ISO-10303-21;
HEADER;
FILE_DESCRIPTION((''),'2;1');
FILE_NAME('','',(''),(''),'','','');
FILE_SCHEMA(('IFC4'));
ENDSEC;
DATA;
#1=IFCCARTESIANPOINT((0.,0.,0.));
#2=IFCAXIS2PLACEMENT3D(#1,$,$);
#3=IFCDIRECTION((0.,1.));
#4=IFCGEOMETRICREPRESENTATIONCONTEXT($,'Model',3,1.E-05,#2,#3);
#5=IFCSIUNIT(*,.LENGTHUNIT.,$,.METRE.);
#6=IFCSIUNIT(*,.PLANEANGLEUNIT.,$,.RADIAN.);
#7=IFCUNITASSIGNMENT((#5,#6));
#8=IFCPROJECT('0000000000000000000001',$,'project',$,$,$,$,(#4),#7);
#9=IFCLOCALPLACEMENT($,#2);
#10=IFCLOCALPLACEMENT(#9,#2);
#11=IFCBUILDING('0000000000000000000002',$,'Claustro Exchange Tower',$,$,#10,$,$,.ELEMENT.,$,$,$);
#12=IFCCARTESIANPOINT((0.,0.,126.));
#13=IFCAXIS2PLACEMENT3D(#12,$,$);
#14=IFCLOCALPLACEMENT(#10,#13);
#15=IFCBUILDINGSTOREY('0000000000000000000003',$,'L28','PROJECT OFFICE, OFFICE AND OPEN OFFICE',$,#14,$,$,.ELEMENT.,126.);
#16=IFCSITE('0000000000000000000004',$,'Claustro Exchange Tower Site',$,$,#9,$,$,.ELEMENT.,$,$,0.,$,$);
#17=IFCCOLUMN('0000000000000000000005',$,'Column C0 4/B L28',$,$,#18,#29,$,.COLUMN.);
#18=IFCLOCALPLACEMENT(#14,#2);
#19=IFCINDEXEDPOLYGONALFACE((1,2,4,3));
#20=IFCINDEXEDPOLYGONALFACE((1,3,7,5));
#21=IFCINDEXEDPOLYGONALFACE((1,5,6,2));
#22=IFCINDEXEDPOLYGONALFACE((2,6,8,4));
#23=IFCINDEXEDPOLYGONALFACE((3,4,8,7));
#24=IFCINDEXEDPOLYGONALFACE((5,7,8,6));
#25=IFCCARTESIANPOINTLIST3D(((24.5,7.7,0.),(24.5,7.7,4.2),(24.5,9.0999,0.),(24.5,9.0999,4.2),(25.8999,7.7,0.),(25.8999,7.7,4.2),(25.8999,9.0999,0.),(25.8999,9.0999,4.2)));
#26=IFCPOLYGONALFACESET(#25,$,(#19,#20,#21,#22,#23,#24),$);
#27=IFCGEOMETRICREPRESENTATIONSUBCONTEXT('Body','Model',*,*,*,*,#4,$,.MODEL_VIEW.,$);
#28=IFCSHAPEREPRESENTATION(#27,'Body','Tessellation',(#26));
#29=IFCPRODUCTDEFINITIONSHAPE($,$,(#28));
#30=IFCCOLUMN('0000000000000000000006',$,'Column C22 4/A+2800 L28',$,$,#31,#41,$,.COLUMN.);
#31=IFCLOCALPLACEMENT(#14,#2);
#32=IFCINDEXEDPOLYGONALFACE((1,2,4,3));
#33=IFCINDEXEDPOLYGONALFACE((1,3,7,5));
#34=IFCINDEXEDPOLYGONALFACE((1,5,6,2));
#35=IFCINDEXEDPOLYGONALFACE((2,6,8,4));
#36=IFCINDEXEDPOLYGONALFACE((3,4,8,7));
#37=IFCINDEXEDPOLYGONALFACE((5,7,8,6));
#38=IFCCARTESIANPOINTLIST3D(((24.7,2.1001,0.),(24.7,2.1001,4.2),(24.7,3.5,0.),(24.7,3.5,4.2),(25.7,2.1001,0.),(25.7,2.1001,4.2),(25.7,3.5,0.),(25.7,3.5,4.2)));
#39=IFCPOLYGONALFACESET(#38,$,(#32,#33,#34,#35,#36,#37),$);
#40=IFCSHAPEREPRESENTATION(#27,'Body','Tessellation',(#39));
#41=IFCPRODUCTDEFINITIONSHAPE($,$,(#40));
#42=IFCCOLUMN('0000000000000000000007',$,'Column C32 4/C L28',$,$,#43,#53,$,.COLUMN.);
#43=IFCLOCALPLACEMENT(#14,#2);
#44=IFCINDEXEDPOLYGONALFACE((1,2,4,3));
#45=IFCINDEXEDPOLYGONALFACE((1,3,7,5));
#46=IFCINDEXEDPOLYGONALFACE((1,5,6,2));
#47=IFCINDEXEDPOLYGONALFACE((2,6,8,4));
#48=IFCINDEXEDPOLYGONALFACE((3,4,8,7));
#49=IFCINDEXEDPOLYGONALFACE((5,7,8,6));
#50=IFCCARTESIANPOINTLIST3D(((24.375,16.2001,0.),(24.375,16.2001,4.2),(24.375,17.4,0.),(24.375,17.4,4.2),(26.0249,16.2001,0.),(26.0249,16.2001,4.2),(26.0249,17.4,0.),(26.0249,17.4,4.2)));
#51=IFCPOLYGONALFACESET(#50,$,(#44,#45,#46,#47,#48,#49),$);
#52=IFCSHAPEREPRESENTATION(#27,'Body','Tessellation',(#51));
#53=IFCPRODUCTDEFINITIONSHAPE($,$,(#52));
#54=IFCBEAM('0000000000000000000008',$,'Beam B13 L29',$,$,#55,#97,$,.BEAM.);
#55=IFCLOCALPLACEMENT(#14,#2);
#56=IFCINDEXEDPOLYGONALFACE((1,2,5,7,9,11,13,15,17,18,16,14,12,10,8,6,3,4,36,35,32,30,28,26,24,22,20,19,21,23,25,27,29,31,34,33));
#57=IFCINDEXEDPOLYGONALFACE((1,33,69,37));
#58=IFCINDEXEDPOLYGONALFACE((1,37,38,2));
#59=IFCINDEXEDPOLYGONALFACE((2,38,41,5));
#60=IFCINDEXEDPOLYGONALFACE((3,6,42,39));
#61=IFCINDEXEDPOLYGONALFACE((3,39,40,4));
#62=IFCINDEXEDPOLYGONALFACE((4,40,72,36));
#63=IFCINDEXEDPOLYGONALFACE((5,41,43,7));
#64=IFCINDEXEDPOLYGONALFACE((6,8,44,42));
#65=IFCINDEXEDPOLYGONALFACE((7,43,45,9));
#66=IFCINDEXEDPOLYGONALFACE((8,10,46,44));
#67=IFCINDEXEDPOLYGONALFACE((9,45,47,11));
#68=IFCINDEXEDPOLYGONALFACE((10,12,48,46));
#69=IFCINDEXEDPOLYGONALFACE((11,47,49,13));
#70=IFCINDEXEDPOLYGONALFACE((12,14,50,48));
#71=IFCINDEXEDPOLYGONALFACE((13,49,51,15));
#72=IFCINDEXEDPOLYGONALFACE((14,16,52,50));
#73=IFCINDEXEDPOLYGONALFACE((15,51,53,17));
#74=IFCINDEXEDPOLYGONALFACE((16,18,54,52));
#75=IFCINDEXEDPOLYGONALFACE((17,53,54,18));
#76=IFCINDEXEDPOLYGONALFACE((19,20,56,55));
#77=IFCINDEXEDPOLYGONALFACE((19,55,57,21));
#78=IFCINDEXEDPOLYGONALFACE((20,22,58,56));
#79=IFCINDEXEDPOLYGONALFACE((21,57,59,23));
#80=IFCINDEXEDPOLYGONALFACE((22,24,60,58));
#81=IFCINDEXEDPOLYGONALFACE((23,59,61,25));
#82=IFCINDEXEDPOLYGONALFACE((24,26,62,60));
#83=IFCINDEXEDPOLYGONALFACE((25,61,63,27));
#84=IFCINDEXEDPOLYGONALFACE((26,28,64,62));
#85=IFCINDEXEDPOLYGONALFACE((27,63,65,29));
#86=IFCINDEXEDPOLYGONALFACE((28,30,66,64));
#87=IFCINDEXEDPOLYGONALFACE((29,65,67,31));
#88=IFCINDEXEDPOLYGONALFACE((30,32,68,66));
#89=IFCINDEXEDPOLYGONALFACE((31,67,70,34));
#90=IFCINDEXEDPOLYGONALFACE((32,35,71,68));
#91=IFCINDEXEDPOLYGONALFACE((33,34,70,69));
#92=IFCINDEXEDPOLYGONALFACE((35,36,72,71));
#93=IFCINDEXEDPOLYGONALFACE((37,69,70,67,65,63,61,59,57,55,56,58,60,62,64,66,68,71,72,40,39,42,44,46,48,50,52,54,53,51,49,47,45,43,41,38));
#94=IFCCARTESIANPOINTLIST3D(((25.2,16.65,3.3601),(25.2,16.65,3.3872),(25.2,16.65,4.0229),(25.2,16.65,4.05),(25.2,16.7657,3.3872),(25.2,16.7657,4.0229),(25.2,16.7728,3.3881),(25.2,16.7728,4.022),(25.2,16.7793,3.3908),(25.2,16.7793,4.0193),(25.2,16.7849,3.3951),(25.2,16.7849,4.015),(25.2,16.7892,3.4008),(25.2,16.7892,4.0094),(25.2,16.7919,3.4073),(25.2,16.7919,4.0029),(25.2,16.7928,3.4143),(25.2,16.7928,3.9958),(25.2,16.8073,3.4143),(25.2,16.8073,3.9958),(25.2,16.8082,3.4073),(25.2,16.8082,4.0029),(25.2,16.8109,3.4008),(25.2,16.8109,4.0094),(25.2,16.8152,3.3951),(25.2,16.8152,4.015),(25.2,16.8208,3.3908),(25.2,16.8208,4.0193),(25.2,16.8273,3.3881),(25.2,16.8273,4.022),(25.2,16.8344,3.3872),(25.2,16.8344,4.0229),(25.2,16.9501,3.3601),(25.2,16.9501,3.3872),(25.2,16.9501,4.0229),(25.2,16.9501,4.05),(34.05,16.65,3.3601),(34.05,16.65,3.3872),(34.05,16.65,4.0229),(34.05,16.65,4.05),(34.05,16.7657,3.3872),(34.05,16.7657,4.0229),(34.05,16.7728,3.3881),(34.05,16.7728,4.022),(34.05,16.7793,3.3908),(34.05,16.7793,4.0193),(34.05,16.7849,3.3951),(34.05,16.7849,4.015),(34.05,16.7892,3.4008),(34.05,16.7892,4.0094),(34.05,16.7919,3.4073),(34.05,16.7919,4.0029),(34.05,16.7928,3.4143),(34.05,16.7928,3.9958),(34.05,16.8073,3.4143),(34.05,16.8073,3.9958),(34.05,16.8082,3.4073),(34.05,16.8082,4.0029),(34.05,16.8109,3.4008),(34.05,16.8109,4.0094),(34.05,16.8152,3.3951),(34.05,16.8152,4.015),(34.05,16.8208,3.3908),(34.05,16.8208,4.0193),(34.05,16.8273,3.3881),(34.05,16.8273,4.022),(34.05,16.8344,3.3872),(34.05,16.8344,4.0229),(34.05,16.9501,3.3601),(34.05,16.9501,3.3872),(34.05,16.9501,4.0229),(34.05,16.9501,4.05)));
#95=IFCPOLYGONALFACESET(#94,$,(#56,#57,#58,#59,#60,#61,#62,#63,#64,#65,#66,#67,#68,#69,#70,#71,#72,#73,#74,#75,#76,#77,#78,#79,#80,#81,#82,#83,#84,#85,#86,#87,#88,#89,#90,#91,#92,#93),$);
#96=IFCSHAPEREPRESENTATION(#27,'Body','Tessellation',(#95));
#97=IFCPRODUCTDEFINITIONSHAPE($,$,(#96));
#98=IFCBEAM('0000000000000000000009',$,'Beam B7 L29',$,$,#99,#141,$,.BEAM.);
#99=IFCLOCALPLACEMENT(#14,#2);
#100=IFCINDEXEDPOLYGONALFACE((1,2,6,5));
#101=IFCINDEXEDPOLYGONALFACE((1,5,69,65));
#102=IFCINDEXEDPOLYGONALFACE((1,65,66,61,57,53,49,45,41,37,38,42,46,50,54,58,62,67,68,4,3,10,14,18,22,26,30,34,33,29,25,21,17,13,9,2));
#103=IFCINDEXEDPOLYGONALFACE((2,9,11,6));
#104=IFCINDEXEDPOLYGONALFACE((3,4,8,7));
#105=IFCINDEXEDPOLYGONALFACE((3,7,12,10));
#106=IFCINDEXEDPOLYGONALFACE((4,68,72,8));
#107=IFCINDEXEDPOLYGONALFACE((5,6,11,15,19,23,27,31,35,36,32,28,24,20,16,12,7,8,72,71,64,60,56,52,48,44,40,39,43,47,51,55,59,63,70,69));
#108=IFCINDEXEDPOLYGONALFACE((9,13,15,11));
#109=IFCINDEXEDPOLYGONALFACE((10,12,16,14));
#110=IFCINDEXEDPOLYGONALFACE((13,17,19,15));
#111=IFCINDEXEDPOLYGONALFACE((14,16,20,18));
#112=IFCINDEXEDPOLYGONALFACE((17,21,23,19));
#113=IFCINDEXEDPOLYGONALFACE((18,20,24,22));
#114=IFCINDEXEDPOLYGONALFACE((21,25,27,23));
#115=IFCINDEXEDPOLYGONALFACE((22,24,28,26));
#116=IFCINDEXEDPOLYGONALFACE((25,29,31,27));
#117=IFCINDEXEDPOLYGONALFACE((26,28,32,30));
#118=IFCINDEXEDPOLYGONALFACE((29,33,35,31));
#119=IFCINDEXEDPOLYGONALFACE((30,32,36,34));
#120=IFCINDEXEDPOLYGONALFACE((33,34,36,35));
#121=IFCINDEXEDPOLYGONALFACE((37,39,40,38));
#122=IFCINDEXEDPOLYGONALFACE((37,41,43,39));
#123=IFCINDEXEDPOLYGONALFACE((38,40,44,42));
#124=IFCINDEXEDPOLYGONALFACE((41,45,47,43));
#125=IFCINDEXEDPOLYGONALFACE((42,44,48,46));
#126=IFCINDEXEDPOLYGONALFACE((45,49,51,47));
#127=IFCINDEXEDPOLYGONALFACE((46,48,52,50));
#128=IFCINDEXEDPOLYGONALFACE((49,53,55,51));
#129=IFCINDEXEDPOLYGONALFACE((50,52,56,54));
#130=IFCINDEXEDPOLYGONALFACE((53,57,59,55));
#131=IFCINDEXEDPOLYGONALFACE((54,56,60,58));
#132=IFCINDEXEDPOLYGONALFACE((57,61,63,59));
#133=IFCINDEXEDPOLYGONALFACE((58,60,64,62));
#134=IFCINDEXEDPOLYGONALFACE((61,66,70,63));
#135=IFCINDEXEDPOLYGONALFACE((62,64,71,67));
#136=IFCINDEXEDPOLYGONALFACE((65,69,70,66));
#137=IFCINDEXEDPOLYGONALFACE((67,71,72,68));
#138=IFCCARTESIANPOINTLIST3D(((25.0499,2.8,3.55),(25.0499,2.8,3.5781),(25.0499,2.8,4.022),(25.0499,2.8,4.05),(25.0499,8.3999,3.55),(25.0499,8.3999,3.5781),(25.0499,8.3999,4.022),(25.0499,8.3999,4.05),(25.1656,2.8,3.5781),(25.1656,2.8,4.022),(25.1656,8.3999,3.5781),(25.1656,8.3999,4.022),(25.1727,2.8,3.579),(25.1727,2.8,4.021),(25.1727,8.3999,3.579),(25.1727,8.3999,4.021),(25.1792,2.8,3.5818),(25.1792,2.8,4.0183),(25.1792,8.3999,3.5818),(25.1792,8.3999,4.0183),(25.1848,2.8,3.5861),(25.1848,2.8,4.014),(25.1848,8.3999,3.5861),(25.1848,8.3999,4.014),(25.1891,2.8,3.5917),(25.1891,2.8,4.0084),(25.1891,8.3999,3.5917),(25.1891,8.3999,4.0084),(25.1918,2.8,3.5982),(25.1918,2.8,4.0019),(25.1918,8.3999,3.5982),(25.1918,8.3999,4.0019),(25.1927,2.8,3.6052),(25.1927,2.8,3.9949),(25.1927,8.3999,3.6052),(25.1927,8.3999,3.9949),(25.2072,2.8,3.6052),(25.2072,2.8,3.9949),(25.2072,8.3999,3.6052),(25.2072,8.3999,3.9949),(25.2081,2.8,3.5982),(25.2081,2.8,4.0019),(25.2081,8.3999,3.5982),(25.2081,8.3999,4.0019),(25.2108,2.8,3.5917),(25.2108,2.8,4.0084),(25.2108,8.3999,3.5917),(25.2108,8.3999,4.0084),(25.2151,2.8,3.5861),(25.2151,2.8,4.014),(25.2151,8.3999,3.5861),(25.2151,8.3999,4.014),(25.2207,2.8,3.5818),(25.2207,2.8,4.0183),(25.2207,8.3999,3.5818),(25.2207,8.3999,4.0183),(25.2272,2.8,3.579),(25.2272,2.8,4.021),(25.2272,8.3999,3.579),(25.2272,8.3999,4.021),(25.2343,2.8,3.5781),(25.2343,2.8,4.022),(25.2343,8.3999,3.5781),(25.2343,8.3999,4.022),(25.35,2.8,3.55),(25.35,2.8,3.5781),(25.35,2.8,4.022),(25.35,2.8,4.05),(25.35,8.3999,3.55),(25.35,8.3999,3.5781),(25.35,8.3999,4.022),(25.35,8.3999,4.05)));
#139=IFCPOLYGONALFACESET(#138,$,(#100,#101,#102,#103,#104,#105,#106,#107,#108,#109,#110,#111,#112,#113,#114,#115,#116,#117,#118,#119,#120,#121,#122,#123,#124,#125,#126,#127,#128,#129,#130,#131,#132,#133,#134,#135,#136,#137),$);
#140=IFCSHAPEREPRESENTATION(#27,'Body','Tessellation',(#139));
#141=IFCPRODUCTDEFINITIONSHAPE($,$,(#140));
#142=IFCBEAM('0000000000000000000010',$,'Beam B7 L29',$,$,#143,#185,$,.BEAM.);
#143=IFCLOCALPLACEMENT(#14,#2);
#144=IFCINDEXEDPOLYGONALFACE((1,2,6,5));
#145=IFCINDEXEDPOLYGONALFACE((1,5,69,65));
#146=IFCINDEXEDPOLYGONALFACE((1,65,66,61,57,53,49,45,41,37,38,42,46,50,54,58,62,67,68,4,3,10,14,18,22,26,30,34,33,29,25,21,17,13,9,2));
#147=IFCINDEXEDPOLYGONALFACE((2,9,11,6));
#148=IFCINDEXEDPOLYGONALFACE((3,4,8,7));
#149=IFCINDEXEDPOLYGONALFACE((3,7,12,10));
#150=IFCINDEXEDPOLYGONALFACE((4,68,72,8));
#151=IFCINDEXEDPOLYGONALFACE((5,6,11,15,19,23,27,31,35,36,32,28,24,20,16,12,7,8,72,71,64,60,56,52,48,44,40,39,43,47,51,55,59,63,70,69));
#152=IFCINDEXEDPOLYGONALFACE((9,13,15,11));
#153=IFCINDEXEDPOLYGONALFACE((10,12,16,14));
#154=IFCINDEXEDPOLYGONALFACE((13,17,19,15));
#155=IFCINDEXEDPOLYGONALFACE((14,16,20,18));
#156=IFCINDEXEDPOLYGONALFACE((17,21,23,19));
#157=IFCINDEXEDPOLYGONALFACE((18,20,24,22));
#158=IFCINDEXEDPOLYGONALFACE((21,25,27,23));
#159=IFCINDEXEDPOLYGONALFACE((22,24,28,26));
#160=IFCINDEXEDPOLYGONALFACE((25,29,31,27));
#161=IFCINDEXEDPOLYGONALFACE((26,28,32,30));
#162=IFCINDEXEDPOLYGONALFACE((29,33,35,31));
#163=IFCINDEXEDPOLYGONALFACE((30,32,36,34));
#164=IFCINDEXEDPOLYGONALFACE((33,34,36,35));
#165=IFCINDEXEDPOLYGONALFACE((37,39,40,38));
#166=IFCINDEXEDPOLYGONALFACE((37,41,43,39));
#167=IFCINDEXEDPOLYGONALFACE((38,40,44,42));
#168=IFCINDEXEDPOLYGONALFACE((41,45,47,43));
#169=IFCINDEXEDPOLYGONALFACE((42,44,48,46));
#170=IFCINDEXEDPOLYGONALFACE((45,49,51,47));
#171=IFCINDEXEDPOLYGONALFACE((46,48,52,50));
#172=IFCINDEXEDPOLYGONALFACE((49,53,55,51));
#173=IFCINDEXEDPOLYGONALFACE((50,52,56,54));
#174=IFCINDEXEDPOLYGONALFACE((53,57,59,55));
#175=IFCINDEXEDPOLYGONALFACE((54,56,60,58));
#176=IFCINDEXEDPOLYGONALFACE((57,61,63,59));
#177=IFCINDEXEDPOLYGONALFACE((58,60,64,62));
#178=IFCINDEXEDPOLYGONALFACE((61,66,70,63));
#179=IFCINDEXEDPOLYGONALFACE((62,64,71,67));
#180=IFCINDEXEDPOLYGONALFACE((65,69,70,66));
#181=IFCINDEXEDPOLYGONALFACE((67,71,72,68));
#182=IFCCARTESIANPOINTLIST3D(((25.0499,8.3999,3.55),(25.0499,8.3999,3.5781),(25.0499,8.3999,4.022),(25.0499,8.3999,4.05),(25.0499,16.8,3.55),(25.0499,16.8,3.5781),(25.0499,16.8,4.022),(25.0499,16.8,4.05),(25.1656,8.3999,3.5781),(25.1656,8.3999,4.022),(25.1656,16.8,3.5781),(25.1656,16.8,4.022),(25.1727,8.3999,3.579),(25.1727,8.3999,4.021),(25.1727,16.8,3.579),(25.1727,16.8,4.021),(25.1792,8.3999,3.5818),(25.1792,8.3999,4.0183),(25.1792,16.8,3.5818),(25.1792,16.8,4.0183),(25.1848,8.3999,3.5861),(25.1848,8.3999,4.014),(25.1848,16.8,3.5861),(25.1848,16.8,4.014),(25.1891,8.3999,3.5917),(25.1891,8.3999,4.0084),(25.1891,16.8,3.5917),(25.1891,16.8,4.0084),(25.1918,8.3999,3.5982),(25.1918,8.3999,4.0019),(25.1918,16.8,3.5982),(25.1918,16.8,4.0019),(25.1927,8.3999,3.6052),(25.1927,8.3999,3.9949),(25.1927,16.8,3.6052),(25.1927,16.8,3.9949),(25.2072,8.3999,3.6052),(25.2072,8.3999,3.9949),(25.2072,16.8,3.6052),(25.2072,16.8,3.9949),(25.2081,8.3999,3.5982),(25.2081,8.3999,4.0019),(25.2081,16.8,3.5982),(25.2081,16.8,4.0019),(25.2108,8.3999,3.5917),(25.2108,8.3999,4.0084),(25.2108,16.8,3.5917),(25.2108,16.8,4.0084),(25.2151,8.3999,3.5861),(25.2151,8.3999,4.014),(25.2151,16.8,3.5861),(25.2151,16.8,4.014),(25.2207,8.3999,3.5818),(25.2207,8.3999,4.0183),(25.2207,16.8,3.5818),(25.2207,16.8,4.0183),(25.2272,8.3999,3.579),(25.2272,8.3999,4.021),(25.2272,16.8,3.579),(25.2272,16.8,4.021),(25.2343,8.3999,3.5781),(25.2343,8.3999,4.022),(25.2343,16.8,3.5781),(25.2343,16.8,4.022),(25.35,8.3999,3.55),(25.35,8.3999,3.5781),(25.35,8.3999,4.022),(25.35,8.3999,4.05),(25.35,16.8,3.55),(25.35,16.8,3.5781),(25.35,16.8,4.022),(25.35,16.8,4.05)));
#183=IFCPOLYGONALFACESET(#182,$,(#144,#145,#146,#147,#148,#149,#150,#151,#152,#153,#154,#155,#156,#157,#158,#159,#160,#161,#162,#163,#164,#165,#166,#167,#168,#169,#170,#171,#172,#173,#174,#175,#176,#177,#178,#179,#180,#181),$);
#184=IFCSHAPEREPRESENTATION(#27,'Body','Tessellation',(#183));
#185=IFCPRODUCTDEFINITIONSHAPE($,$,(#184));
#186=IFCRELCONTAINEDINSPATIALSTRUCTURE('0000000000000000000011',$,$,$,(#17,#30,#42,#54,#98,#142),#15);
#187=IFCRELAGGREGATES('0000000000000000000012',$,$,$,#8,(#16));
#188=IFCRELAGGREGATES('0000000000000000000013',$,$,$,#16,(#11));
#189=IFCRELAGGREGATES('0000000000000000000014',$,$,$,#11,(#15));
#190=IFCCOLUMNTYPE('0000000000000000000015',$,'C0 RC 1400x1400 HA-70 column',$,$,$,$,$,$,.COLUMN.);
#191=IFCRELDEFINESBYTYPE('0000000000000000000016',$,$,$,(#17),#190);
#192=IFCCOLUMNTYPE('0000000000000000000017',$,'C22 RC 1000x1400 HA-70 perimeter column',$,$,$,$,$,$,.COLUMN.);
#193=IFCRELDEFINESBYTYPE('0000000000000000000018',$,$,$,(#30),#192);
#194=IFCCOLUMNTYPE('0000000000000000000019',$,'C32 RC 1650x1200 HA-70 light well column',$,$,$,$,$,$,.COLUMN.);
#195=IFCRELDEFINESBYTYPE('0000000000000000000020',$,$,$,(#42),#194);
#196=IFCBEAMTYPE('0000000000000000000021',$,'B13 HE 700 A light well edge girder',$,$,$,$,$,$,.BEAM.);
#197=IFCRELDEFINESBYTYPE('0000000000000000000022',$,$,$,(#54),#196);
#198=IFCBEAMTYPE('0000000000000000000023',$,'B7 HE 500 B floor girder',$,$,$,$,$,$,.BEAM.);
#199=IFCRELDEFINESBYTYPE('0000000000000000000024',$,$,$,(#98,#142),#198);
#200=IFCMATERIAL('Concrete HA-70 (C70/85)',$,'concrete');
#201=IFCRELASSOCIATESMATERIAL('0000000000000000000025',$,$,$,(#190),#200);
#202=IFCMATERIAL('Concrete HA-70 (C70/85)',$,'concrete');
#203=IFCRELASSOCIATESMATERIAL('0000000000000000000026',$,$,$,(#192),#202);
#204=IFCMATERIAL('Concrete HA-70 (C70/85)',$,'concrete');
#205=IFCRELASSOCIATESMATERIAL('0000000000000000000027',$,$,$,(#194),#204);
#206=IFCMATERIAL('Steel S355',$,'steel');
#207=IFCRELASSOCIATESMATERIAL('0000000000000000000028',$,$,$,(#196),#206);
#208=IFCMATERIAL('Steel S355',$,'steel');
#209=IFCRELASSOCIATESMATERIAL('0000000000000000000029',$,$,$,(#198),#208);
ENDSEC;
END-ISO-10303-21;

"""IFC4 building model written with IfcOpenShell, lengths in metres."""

from ifc_helpers import new_model, si_unit, direction, frame, origin, origin_2d, place, context, subcontext, project, spatial, rectangle, i_section, extrude, material, material_profile, profile_set, type_object, element, save


model = new_model("IFC4")

# Units and contexts
model_context = context("Model", 3, precision=1e-05, world=origin(), true_north=direction((0.0, 1.0)))
body_context = subcontext(model_context, "Body", "Model", "MODEL_VIEW")
ifc_project = project(units=[si_unit("LENGTHUNIT", "METRE"), si_unit("PLANEANGLEUNIT", "RADIAN")], contexts=[model_context])

# Site, building, storey
site_placement = place(None, origin())
site = spatial("IfcSite", under=ifc_project, at=site_placement, Name="Claustro Exchange Tower Site", CompositionType="ELEMENT", RefElevation=0.0)
building_placement = place(site_placement, origin())
building = spatial("IfcBuilding", under=site, at=building_placement, Name="Claustro Exchange Tower", CompositionType="ELEMENT")
storey_placement = place(building_placement, frame((0.0, 0.0, 126.0)))
storey = spatial("IfcBuildingStorey", under=building, at=storey_placement, Name="L28", Description="PROJECT OFFICE, OFFICE AND OPEN OFFICE", CompositionType="ELEMENT", Elevation=126.0)

# Columns
ifc_material_1 = material(Name="Concrete HA-70 (C70/85)", Category="concrete")
ifc_material_profile_1 = material_profile(ifc_material_1, rectangle(XDim=1.3999, YDim=1.3999, at=origin_2d()), Name="RC 1400x1400")
ifc_profile_set_1 = profile_set([ifc_material_profile_1], Name="Concrete HA-70 (C70/85)")
column_type_1 = type_object("IfcColumnType", Name="C0 RC 1400x1400 HA-70 column", PredefinedType="COLUMN", material=ifc_profile_set_1)
column_1_placement = place(storey_placement, frame((25.2, 8.3999, 0.0), z_axis=(0.0, 0.0, 1.0), x_axis=(1.0, 0.0, 0.0)))
element("IfcColumn", 1, at=column_1_placement, inside=storey, type_object=column_type_1, Name="Column C0 4/B L28", PredefinedType="COLUMN", context=body_context, shape_type="SweptSolid", body=[
    extrude(rectangle(XDim=1.3999, YDim=1.3999, at=origin_2d()), origin(), (0.0, 0.0, 1.0), 4.2),
])
ifc_material_2 = material(Name="Concrete HA-70 (C70/85)", Category="concrete")
ifc_material_profile_2 = material_profile(ifc_material_2, rectangle(XDim=1.0, YDim=1.3999, at=origin_2d()), Name="RC 1000x1400")
ifc_profile_set_2 = profile_set([ifc_material_profile_2], Name="Concrete HA-70 (C70/85)")
column_type_2 = type_object("IfcColumnType", Name="C22 RC 1000x1400 HA-70 perimeter column", PredefinedType="COLUMN", material=ifc_profile_set_2)
column_2_placement = place(storey_placement, frame((25.2, 2.8, 0.0), z_axis=(0.0, 0.0, 1.0), x_axis=(1.0, 0.0, 0.0)))
element("IfcColumn", 2, at=column_2_placement, inside=storey, type_object=column_type_2, Name="Column C22 4/A+2800 L28", PredefinedType="COLUMN", context=body_context, shape_type="SweptSolid", body=[
    extrude(rectangle(XDim=1.0, YDim=1.3999, at=origin_2d()), origin(), (0.0, 0.0, 1.0), 4.2),
])
ifc_material_3 = material(Name="Concrete HA-70 (C70/85)", Category="concrete")
ifc_material_profile_3 = material_profile(ifc_material_3, rectangle(XDim=1.6499, YDim=1.2, at=origin_2d()), Name="RC 1650x1200")
ifc_profile_set_3 = profile_set([ifc_material_profile_3], Name="Concrete HA-70 (C70/85)")
column_type_3 = type_object("IfcColumnType", Name="C32 RC 1650x1200 HA-70 light well column", PredefinedType="COLUMN", material=ifc_profile_set_3)
column_3_placement = place(storey_placement, frame((25.2, 16.8, 0.0), z_axis=(0.0, 0.0, 1.0), x_axis=(1.0, 0.0, 0.0)))
element("IfcColumn", 3, at=column_3_placement, inside=storey, type_object=column_type_3, Name="Column C32 4/C L28", PredefinedType="COLUMN", context=body_context, shape_type="SweptSolid", body=[
    extrude(rectangle(XDim=1.6499, YDim=1.2, at=origin_2d()), origin(), (0.0, 0.0, 1.0), 4.2),
])

# Beams
ifc_material_4 = material(Name="Steel S355", Category="steel")
ifc_material_profile_4 = material_profile(ifc_material_4, i_section(OverallWidth=0.3, OverallDepth=0.6899, WebThickness=0.0144, FlangeThickness=0.0271, FilletRadius=0.0271, at=origin_2d()), Name="HE 700 A")
ifc_profile_set_4 = profile_set([ifc_material_profile_4], Name="Steel S355")
beam_type_1 = type_object("IfcBeamType", Name="B13 HE 700 A light well edge girder", PredefinedType="BEAM", material=ifc_profile_set_4)
beam_1_placement = place(storey_placement, frame((25.2, 16.8, 3.7051), z_axis=(1.0, 0.0, 0.0), x_axis=(0.0, 1.0, 0.0)))
element("IfcBeam", 4, at=beam_1_placement, inside=storey, type_object=beam_type_1, Name="Beam B13 L29", PredefinedType="BEAM", context=body_context, shape_type="SweptSolid", body=[
    extrude(i_section(OverallWidth=0.3, OverallDepth=0.6899, WebThickness=0.0144, FlangeThickness=0.0271, FilletRadius=0.0271, at=origin_2d()), origin(), (0.0, 0.0, 1.0), 8.8501),
])
ifc_material_5 = material(Name="Steel S355", Category="steel")
ifc_material_profile_5 = material_profile(ifc_material_5, i_section(OverallWidth=0.3, OverallDepth=0.5, WebThickness=0.0144, FlangeThickness=0.0281, FilletRadius=0.0271, at=origin_2d()), Name="HE 500 B")
ifc_profile_set_5 = profile_set([ifc_material_profile_5], Name="Steel S355")
beam_type_2 = type_object("IfcBeamType", Name="B7 HE 500 B floor girder", PredefinedType="BEAM", material=ifc_profile_set_5)
beam_2_placement = place(storey_placement, frame((25.2, 2.8, 3.8), z_axis=(0.0, 1.0, 0.0), x_axis=(-1.0, 0.0, 0.0)))
element("IfcBeam", 5, at=beam_2_placement, inside=storey, type_object=beam_type_2, Name="Beam B7 L29", PredefinedType="BEAM", context=body_context, shape_type="SweptSolid", body=[
    extrude(i_section(OverallWidth=0.3, OverallDepth=0.5, WebThickness=0.0144, FlangeThickness=0.0281, FilletRadius=0.0271, at=origin_2d()), origin(), (0.0, 0.0, 1.0), 5.5999),
])
for number, where, z_axis, x_axis, name in (
    (6, (25.2, 8.3999, 3.8), (0.0, 1.0, 0.0), (-1.0, 0.0, 0.0), "Beam B7 L29"),
):
    element("IfcBeam", number, at=place(storey_placement, frame(where, z_axis=z_axis, x_axis=x_axis)), inside=storey, type_object=beam_type_2, Name=name, PredefinedType="BEAM", context=body_context, shape_type="SweptSolid", body=[
        extrude(i_section(OverallWidth=0.3, OverallDepth=0.5, WebThickness=0.0144, FlangeThickness=0.0281, FilletRadius=0.0271, at=origin_2d()), origin(), (0.0, 0.0, 1.0), 8.4001),
    ])

save(model, "model.ifc")
